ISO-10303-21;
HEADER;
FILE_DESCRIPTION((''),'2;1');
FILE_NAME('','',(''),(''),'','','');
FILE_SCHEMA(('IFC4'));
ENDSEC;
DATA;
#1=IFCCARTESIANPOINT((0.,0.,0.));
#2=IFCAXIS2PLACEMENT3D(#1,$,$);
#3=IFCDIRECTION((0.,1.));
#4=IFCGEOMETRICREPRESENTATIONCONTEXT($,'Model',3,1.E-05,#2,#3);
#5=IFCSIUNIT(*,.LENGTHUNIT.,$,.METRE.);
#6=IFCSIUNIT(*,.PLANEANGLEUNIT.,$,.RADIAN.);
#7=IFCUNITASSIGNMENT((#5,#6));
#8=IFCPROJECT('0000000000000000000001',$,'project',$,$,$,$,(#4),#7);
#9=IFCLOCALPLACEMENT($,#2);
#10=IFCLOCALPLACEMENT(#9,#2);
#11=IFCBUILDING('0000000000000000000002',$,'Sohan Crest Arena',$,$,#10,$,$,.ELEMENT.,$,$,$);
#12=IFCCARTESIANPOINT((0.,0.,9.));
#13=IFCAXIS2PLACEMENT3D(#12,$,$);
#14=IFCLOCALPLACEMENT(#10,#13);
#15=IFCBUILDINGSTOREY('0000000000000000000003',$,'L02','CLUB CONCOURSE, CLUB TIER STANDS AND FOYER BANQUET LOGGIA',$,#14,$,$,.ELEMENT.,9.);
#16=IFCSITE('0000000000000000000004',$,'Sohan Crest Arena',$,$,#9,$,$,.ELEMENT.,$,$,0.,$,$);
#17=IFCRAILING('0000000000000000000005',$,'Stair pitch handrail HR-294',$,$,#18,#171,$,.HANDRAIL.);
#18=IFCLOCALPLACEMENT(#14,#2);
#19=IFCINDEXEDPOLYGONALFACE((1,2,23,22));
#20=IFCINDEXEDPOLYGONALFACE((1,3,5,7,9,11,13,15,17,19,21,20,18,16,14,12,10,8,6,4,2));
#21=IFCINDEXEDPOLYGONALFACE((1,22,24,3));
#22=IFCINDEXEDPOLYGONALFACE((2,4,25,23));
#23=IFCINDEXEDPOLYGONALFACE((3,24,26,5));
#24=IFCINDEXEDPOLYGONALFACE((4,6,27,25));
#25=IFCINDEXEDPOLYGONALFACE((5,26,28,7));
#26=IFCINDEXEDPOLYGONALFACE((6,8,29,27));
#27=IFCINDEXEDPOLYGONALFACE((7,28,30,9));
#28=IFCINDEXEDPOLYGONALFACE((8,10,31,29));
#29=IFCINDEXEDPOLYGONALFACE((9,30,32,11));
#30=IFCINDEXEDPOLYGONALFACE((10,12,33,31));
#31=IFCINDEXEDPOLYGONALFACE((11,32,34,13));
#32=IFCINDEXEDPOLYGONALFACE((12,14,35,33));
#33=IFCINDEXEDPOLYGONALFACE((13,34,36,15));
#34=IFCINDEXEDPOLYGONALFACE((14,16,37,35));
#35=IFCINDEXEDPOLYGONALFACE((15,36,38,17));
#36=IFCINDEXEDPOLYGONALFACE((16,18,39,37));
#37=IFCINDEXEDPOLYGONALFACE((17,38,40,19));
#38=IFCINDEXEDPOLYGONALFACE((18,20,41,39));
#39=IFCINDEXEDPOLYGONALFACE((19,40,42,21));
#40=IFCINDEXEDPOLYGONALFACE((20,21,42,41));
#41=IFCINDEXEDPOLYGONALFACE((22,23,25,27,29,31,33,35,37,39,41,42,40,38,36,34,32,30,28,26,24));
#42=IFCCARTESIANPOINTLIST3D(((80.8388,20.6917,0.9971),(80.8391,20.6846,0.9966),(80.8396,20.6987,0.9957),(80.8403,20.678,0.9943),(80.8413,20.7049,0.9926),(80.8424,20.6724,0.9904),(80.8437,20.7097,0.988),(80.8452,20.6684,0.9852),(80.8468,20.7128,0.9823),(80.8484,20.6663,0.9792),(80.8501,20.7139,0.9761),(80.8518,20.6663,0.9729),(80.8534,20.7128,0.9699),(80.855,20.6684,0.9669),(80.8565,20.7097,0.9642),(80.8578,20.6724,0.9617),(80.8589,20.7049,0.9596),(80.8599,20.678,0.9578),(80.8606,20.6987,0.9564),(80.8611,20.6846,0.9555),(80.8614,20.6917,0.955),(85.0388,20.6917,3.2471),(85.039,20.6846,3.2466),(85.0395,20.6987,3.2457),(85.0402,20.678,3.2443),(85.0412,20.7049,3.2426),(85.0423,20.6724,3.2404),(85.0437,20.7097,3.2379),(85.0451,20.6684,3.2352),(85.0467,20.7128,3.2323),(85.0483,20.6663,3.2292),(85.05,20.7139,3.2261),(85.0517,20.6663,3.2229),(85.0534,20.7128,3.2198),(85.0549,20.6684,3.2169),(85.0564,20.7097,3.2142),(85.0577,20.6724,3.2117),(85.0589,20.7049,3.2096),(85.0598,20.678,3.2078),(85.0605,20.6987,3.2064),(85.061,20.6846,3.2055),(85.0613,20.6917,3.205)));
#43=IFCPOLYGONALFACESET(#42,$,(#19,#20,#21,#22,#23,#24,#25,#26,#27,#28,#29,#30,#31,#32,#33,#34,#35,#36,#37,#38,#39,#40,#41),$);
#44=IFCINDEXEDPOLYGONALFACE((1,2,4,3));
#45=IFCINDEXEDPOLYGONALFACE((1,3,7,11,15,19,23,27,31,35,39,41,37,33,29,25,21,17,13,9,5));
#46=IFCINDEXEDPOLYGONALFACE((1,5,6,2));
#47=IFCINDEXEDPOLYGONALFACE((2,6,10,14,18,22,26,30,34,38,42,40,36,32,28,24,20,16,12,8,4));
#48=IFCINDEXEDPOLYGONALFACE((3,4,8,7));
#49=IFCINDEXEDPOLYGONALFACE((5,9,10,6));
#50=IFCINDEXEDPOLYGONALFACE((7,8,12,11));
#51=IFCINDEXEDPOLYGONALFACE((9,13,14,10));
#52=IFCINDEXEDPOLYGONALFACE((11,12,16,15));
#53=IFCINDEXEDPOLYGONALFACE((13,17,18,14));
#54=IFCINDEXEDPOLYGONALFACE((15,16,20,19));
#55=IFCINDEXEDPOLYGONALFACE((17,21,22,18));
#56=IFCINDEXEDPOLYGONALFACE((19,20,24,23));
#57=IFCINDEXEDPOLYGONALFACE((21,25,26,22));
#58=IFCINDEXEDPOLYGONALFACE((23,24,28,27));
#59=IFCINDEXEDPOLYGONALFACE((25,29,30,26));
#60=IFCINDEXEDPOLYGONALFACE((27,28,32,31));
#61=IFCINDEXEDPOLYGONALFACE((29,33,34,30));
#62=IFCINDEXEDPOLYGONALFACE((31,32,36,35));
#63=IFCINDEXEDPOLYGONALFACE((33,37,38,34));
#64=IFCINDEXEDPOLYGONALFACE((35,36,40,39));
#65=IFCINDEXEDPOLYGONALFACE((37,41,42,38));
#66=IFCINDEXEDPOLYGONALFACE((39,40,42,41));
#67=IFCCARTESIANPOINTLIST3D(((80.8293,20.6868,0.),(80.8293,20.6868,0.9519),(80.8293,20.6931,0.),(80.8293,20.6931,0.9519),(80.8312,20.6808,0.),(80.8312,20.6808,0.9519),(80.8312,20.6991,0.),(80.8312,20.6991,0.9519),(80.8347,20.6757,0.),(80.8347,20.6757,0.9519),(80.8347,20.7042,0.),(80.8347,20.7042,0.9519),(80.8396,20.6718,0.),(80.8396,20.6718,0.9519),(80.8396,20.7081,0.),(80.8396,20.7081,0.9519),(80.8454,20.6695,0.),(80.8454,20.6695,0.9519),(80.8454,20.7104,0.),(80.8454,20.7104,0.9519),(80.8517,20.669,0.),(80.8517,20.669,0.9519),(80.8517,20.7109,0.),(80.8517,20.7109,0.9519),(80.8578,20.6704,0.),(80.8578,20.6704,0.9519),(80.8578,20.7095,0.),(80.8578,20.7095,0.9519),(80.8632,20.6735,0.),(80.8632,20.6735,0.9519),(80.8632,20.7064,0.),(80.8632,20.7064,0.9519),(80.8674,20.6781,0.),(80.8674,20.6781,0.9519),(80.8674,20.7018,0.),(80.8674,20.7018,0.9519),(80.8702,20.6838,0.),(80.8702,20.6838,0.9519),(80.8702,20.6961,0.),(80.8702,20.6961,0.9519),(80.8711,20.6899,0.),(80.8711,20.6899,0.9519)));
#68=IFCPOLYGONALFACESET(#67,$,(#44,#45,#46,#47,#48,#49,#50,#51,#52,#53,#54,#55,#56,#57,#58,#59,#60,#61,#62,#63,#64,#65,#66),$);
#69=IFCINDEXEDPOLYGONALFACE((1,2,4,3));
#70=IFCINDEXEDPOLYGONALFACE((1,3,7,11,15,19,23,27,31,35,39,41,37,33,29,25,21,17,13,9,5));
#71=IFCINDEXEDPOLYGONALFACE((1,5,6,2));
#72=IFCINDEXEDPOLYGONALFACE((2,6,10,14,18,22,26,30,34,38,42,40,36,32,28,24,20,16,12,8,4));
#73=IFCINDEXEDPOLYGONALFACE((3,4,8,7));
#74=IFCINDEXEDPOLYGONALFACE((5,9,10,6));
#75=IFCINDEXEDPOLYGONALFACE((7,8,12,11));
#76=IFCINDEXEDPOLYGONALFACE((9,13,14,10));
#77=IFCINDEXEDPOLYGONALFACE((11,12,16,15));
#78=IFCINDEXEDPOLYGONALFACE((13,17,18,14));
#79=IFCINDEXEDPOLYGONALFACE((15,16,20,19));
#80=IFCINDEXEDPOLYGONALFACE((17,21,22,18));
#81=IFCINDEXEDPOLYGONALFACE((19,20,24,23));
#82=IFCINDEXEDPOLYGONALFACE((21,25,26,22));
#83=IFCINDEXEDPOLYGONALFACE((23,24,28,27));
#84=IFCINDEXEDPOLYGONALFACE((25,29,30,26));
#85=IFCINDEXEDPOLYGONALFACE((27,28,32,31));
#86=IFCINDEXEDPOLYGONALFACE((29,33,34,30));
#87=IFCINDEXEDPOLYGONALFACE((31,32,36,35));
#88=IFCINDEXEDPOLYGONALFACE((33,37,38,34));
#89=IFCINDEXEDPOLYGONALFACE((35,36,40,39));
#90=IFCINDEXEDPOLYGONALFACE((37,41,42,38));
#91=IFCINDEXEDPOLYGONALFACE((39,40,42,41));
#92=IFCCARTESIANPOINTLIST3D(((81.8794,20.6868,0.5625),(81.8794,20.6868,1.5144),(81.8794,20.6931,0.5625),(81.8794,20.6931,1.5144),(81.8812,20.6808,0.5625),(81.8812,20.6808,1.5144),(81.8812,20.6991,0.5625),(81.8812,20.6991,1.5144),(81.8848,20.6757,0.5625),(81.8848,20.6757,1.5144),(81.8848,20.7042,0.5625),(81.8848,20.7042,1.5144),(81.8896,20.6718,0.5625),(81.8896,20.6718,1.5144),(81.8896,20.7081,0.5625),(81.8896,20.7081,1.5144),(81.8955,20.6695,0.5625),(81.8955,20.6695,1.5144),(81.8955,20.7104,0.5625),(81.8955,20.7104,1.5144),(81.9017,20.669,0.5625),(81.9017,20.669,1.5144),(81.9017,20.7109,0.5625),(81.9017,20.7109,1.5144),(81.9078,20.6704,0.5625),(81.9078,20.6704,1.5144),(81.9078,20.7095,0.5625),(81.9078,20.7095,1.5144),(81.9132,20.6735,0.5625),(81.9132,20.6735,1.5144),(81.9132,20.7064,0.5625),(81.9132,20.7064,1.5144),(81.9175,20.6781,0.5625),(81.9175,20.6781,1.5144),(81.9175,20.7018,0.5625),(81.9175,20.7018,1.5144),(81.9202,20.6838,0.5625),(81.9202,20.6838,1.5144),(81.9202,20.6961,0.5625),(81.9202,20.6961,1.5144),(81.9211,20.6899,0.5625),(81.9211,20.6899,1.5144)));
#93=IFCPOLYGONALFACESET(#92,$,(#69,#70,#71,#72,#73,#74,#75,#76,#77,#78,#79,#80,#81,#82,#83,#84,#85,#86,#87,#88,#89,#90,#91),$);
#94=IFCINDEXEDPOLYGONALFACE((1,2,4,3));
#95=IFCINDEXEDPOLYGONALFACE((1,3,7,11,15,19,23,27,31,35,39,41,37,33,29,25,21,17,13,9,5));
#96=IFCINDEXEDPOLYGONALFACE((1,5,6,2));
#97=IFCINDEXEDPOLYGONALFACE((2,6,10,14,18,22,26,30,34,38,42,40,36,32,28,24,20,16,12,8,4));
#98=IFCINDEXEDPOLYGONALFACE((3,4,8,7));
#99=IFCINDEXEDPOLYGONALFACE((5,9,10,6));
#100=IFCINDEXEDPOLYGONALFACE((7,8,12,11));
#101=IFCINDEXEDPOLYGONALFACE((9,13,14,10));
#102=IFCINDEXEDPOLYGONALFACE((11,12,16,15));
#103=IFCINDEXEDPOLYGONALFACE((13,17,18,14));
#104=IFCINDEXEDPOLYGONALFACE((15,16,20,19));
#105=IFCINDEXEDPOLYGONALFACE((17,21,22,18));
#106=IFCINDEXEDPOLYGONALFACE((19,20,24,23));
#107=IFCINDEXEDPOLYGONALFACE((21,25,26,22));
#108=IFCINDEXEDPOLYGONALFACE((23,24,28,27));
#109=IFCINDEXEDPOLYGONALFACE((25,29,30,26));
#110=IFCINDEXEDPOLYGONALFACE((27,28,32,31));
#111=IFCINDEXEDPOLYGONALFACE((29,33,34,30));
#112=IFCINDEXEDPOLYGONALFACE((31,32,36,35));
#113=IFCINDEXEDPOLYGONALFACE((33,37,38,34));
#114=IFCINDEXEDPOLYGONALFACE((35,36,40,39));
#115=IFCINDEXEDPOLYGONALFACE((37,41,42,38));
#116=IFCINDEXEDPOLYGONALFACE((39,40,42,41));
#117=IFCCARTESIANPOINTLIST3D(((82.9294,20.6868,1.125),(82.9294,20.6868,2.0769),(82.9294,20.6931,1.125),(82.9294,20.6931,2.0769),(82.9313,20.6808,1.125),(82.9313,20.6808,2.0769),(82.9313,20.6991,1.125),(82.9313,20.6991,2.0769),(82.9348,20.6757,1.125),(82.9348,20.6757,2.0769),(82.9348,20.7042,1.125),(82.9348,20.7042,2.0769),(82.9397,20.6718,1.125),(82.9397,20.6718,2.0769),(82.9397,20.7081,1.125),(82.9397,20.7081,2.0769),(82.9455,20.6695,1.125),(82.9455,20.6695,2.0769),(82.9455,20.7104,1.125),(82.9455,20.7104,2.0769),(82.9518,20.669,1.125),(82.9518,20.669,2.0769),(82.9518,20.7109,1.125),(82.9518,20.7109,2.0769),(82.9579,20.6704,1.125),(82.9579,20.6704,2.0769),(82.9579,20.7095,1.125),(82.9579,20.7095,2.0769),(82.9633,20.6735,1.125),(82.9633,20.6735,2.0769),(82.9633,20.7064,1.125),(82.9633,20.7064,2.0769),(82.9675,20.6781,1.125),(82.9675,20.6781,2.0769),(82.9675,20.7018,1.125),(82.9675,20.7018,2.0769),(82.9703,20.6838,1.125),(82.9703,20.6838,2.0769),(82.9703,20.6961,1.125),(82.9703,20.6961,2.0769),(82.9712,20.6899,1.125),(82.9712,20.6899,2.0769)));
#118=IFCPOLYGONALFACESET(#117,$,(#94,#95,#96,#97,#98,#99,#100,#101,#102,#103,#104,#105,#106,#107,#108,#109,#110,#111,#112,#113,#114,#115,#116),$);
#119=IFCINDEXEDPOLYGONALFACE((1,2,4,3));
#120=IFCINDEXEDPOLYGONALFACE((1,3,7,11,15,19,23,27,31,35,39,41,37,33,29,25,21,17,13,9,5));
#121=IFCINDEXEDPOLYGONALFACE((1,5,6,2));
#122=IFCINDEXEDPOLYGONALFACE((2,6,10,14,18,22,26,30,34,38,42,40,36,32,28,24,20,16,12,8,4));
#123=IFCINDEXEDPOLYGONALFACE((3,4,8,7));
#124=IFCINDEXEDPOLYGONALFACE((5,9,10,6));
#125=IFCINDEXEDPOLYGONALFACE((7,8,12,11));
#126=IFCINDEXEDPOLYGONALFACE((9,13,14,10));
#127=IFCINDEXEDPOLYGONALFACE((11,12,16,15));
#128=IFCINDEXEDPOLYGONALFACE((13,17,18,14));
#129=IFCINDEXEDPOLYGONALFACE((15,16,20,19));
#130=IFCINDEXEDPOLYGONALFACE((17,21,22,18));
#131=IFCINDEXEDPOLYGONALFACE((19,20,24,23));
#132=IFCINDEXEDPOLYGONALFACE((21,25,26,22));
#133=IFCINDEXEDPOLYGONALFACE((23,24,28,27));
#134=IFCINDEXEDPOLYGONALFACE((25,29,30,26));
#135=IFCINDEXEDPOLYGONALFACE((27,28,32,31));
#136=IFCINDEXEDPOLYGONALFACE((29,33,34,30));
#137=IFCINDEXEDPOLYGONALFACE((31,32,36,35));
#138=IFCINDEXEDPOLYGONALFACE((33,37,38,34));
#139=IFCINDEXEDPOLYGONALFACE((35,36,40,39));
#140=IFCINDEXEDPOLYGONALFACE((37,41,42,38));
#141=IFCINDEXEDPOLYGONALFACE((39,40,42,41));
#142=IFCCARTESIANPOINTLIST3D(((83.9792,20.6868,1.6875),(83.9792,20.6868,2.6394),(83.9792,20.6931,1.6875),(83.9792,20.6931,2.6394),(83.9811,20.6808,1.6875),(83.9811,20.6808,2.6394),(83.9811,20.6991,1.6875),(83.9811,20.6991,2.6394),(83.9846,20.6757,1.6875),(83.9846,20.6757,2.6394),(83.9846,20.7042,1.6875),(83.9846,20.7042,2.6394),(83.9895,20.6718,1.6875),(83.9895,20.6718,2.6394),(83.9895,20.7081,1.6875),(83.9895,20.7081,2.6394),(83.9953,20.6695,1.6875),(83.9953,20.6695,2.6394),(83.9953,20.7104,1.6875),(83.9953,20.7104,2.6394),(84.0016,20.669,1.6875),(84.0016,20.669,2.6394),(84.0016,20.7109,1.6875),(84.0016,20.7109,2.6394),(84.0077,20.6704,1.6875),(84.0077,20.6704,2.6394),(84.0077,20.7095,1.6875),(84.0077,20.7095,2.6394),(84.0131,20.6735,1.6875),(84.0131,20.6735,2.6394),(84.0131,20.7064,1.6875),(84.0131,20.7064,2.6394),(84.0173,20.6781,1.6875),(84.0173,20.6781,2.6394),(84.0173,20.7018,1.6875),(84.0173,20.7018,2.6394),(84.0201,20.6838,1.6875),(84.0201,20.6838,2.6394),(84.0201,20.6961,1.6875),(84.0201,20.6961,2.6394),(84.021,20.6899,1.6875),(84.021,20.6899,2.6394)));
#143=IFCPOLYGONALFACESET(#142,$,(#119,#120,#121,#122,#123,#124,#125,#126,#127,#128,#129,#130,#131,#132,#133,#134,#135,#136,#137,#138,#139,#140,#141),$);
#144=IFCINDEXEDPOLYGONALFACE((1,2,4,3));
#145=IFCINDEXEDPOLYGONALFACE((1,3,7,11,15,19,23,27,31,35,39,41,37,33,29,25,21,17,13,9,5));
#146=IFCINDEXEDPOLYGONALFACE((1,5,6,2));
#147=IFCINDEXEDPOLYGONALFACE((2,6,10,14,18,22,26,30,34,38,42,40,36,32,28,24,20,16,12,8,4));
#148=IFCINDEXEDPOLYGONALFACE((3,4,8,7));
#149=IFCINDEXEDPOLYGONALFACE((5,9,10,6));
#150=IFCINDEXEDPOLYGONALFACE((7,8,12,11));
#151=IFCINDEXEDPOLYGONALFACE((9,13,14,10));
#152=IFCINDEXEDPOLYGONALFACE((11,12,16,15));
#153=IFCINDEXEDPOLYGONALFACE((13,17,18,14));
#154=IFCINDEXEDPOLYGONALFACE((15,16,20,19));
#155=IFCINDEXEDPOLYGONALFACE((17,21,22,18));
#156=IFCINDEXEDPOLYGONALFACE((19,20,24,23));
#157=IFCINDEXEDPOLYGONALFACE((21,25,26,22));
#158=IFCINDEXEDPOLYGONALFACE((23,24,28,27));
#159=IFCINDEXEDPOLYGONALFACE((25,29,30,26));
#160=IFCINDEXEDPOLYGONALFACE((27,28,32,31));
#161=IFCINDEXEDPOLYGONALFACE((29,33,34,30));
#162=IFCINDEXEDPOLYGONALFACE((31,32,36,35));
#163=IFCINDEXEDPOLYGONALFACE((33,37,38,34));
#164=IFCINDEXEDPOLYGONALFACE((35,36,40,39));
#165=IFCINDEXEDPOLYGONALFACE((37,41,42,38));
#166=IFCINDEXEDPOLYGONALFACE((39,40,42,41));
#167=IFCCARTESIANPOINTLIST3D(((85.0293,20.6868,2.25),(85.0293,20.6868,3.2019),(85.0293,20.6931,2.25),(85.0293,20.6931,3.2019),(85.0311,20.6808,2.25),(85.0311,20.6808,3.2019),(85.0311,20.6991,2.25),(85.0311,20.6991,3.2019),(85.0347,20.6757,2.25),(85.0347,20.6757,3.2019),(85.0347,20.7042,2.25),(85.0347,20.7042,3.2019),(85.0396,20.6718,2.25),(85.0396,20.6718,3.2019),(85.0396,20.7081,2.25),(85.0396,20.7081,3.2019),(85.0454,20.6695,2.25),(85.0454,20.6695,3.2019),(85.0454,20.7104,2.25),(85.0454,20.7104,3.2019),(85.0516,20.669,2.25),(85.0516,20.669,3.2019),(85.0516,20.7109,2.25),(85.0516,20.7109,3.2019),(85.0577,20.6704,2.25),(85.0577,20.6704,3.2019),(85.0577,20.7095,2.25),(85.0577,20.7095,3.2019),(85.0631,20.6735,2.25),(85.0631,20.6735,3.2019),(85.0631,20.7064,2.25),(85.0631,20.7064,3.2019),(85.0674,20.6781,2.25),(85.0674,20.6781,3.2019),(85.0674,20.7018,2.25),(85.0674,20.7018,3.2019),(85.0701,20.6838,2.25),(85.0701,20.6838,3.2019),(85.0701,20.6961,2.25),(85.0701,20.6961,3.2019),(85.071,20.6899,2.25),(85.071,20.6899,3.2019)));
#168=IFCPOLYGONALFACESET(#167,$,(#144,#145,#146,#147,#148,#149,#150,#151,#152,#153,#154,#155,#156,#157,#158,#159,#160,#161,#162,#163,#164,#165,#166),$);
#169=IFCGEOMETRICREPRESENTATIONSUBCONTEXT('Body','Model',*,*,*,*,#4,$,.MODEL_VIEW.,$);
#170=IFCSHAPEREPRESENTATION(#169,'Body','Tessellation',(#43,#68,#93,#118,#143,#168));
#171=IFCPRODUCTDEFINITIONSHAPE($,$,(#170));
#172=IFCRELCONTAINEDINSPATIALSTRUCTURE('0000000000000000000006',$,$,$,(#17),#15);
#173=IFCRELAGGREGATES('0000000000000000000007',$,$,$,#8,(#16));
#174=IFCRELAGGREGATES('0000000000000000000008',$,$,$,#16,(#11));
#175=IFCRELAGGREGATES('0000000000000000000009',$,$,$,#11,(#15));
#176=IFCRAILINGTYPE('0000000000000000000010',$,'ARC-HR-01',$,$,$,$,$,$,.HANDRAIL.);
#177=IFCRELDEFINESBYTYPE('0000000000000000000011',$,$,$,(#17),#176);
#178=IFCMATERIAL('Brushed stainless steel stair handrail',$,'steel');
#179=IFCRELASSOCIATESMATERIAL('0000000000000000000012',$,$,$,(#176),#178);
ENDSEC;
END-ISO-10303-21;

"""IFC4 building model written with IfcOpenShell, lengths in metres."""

from ifc_helpers import new_model, si_unit, direction, frame, origin, origin_2d, place, context, subcontext, project, spatial, circle, extrude, material, type_object, element, save


model = new_model("IFC4")

# Units and contexts
model_context = context("Model", 3, precision=1e-05, world=origin(), true_north=direction((0.0, 1.0)))
body_context = subcontext(model_context, "Body", "Model", "MODEL_VIEW")
ifc_project = project(units=[si_unit("LENGTHUNIT", "METRE"), si_unit("PLANEANGLEUNIT", "RADIAN")], contexts=[model_context])

# Site, building, storey
site_placement = place(None, origin())
site = spatial("IfcSite", under=ifc_project, at=site_placement, Name="Sohan Crest Arena", CompositionType="ELEMENT", RefElevation=0.0)
building_placement = place(site_placement, origin())
building = spatial("IfcBuilding", under=site, at=building_placement, Name="Sohan Crest Arena", CompositionType="ELEMENT")
storey_placement = place(building_placement, frame((0.0, 0.0, 9.0)))
storey = spatial("IfcBuildingStorey", under=building, at=storey_placement, Name="L02", Description="CLUB CONCOURSE, CLUB TIER STANDS AND FOYER BANQUET LOGGIA", CompositionType="ELEMENT", Elevation=9.0)

# Railing
ifc_material_1 = material(Name="Brushed stainless steel stair handrail", Category="steel")
railing_type_1 = type_object("IfcRailingType", Name="ARC-HR-01", PredefinedType="HANDRAIL", material=ifc_material_1)
for number, where, name in (
    (1, (80.8501, 20.6899, 0.0), "Stair pitch handrail HR-294"),
):
    element("IfcRailing", number, at=place(storey_placement, frame(where)), inside=storey, type_object=railing_type_1, Name=name, PredefinedType="HANDRAIL", context=body_context, shape_type="SweptSolid", body=[
        extrude(circle(Radius=0.0239, at=origin_2d()), frame((0.0, 0.0, 0.9761), z_axis=(0.881478, 0.0, 0.472226), x_axis=(0.0, 1.0, 0.0)), (0.0, 0.0, 1.0), 4.7646),
        extrude(circle(Radius=0.021, at=origin_2d()), origin(), (0.0, 0.0, 1.0), 0.9519),
        extrude(circle(Radius=0.021, at=origin_2d()), frame((1.05, 0.0, 0.5625)), (0.0, 0.0, 1.0), 0.9519),
        extrude(circle(Radius=0.021, at=origin_2d()), frame((2.1001, 0.0, 1.125)), (0.0, 0.0, 1.0), 0.9519),
        extrude(circle(Radius=0.021, at=origin_2d()), frame((3.1499, 0.0, 1.6875)), (0.0, 0.0, 1.0), 0.9519),
        extrude(circle(Radius=0.021, at=origin_2d()), frame((4.2, 0.0, 2.25)), (0.0, 0.0, 1.0), 0.9519),
    ])

save(model, "model.ifc")
